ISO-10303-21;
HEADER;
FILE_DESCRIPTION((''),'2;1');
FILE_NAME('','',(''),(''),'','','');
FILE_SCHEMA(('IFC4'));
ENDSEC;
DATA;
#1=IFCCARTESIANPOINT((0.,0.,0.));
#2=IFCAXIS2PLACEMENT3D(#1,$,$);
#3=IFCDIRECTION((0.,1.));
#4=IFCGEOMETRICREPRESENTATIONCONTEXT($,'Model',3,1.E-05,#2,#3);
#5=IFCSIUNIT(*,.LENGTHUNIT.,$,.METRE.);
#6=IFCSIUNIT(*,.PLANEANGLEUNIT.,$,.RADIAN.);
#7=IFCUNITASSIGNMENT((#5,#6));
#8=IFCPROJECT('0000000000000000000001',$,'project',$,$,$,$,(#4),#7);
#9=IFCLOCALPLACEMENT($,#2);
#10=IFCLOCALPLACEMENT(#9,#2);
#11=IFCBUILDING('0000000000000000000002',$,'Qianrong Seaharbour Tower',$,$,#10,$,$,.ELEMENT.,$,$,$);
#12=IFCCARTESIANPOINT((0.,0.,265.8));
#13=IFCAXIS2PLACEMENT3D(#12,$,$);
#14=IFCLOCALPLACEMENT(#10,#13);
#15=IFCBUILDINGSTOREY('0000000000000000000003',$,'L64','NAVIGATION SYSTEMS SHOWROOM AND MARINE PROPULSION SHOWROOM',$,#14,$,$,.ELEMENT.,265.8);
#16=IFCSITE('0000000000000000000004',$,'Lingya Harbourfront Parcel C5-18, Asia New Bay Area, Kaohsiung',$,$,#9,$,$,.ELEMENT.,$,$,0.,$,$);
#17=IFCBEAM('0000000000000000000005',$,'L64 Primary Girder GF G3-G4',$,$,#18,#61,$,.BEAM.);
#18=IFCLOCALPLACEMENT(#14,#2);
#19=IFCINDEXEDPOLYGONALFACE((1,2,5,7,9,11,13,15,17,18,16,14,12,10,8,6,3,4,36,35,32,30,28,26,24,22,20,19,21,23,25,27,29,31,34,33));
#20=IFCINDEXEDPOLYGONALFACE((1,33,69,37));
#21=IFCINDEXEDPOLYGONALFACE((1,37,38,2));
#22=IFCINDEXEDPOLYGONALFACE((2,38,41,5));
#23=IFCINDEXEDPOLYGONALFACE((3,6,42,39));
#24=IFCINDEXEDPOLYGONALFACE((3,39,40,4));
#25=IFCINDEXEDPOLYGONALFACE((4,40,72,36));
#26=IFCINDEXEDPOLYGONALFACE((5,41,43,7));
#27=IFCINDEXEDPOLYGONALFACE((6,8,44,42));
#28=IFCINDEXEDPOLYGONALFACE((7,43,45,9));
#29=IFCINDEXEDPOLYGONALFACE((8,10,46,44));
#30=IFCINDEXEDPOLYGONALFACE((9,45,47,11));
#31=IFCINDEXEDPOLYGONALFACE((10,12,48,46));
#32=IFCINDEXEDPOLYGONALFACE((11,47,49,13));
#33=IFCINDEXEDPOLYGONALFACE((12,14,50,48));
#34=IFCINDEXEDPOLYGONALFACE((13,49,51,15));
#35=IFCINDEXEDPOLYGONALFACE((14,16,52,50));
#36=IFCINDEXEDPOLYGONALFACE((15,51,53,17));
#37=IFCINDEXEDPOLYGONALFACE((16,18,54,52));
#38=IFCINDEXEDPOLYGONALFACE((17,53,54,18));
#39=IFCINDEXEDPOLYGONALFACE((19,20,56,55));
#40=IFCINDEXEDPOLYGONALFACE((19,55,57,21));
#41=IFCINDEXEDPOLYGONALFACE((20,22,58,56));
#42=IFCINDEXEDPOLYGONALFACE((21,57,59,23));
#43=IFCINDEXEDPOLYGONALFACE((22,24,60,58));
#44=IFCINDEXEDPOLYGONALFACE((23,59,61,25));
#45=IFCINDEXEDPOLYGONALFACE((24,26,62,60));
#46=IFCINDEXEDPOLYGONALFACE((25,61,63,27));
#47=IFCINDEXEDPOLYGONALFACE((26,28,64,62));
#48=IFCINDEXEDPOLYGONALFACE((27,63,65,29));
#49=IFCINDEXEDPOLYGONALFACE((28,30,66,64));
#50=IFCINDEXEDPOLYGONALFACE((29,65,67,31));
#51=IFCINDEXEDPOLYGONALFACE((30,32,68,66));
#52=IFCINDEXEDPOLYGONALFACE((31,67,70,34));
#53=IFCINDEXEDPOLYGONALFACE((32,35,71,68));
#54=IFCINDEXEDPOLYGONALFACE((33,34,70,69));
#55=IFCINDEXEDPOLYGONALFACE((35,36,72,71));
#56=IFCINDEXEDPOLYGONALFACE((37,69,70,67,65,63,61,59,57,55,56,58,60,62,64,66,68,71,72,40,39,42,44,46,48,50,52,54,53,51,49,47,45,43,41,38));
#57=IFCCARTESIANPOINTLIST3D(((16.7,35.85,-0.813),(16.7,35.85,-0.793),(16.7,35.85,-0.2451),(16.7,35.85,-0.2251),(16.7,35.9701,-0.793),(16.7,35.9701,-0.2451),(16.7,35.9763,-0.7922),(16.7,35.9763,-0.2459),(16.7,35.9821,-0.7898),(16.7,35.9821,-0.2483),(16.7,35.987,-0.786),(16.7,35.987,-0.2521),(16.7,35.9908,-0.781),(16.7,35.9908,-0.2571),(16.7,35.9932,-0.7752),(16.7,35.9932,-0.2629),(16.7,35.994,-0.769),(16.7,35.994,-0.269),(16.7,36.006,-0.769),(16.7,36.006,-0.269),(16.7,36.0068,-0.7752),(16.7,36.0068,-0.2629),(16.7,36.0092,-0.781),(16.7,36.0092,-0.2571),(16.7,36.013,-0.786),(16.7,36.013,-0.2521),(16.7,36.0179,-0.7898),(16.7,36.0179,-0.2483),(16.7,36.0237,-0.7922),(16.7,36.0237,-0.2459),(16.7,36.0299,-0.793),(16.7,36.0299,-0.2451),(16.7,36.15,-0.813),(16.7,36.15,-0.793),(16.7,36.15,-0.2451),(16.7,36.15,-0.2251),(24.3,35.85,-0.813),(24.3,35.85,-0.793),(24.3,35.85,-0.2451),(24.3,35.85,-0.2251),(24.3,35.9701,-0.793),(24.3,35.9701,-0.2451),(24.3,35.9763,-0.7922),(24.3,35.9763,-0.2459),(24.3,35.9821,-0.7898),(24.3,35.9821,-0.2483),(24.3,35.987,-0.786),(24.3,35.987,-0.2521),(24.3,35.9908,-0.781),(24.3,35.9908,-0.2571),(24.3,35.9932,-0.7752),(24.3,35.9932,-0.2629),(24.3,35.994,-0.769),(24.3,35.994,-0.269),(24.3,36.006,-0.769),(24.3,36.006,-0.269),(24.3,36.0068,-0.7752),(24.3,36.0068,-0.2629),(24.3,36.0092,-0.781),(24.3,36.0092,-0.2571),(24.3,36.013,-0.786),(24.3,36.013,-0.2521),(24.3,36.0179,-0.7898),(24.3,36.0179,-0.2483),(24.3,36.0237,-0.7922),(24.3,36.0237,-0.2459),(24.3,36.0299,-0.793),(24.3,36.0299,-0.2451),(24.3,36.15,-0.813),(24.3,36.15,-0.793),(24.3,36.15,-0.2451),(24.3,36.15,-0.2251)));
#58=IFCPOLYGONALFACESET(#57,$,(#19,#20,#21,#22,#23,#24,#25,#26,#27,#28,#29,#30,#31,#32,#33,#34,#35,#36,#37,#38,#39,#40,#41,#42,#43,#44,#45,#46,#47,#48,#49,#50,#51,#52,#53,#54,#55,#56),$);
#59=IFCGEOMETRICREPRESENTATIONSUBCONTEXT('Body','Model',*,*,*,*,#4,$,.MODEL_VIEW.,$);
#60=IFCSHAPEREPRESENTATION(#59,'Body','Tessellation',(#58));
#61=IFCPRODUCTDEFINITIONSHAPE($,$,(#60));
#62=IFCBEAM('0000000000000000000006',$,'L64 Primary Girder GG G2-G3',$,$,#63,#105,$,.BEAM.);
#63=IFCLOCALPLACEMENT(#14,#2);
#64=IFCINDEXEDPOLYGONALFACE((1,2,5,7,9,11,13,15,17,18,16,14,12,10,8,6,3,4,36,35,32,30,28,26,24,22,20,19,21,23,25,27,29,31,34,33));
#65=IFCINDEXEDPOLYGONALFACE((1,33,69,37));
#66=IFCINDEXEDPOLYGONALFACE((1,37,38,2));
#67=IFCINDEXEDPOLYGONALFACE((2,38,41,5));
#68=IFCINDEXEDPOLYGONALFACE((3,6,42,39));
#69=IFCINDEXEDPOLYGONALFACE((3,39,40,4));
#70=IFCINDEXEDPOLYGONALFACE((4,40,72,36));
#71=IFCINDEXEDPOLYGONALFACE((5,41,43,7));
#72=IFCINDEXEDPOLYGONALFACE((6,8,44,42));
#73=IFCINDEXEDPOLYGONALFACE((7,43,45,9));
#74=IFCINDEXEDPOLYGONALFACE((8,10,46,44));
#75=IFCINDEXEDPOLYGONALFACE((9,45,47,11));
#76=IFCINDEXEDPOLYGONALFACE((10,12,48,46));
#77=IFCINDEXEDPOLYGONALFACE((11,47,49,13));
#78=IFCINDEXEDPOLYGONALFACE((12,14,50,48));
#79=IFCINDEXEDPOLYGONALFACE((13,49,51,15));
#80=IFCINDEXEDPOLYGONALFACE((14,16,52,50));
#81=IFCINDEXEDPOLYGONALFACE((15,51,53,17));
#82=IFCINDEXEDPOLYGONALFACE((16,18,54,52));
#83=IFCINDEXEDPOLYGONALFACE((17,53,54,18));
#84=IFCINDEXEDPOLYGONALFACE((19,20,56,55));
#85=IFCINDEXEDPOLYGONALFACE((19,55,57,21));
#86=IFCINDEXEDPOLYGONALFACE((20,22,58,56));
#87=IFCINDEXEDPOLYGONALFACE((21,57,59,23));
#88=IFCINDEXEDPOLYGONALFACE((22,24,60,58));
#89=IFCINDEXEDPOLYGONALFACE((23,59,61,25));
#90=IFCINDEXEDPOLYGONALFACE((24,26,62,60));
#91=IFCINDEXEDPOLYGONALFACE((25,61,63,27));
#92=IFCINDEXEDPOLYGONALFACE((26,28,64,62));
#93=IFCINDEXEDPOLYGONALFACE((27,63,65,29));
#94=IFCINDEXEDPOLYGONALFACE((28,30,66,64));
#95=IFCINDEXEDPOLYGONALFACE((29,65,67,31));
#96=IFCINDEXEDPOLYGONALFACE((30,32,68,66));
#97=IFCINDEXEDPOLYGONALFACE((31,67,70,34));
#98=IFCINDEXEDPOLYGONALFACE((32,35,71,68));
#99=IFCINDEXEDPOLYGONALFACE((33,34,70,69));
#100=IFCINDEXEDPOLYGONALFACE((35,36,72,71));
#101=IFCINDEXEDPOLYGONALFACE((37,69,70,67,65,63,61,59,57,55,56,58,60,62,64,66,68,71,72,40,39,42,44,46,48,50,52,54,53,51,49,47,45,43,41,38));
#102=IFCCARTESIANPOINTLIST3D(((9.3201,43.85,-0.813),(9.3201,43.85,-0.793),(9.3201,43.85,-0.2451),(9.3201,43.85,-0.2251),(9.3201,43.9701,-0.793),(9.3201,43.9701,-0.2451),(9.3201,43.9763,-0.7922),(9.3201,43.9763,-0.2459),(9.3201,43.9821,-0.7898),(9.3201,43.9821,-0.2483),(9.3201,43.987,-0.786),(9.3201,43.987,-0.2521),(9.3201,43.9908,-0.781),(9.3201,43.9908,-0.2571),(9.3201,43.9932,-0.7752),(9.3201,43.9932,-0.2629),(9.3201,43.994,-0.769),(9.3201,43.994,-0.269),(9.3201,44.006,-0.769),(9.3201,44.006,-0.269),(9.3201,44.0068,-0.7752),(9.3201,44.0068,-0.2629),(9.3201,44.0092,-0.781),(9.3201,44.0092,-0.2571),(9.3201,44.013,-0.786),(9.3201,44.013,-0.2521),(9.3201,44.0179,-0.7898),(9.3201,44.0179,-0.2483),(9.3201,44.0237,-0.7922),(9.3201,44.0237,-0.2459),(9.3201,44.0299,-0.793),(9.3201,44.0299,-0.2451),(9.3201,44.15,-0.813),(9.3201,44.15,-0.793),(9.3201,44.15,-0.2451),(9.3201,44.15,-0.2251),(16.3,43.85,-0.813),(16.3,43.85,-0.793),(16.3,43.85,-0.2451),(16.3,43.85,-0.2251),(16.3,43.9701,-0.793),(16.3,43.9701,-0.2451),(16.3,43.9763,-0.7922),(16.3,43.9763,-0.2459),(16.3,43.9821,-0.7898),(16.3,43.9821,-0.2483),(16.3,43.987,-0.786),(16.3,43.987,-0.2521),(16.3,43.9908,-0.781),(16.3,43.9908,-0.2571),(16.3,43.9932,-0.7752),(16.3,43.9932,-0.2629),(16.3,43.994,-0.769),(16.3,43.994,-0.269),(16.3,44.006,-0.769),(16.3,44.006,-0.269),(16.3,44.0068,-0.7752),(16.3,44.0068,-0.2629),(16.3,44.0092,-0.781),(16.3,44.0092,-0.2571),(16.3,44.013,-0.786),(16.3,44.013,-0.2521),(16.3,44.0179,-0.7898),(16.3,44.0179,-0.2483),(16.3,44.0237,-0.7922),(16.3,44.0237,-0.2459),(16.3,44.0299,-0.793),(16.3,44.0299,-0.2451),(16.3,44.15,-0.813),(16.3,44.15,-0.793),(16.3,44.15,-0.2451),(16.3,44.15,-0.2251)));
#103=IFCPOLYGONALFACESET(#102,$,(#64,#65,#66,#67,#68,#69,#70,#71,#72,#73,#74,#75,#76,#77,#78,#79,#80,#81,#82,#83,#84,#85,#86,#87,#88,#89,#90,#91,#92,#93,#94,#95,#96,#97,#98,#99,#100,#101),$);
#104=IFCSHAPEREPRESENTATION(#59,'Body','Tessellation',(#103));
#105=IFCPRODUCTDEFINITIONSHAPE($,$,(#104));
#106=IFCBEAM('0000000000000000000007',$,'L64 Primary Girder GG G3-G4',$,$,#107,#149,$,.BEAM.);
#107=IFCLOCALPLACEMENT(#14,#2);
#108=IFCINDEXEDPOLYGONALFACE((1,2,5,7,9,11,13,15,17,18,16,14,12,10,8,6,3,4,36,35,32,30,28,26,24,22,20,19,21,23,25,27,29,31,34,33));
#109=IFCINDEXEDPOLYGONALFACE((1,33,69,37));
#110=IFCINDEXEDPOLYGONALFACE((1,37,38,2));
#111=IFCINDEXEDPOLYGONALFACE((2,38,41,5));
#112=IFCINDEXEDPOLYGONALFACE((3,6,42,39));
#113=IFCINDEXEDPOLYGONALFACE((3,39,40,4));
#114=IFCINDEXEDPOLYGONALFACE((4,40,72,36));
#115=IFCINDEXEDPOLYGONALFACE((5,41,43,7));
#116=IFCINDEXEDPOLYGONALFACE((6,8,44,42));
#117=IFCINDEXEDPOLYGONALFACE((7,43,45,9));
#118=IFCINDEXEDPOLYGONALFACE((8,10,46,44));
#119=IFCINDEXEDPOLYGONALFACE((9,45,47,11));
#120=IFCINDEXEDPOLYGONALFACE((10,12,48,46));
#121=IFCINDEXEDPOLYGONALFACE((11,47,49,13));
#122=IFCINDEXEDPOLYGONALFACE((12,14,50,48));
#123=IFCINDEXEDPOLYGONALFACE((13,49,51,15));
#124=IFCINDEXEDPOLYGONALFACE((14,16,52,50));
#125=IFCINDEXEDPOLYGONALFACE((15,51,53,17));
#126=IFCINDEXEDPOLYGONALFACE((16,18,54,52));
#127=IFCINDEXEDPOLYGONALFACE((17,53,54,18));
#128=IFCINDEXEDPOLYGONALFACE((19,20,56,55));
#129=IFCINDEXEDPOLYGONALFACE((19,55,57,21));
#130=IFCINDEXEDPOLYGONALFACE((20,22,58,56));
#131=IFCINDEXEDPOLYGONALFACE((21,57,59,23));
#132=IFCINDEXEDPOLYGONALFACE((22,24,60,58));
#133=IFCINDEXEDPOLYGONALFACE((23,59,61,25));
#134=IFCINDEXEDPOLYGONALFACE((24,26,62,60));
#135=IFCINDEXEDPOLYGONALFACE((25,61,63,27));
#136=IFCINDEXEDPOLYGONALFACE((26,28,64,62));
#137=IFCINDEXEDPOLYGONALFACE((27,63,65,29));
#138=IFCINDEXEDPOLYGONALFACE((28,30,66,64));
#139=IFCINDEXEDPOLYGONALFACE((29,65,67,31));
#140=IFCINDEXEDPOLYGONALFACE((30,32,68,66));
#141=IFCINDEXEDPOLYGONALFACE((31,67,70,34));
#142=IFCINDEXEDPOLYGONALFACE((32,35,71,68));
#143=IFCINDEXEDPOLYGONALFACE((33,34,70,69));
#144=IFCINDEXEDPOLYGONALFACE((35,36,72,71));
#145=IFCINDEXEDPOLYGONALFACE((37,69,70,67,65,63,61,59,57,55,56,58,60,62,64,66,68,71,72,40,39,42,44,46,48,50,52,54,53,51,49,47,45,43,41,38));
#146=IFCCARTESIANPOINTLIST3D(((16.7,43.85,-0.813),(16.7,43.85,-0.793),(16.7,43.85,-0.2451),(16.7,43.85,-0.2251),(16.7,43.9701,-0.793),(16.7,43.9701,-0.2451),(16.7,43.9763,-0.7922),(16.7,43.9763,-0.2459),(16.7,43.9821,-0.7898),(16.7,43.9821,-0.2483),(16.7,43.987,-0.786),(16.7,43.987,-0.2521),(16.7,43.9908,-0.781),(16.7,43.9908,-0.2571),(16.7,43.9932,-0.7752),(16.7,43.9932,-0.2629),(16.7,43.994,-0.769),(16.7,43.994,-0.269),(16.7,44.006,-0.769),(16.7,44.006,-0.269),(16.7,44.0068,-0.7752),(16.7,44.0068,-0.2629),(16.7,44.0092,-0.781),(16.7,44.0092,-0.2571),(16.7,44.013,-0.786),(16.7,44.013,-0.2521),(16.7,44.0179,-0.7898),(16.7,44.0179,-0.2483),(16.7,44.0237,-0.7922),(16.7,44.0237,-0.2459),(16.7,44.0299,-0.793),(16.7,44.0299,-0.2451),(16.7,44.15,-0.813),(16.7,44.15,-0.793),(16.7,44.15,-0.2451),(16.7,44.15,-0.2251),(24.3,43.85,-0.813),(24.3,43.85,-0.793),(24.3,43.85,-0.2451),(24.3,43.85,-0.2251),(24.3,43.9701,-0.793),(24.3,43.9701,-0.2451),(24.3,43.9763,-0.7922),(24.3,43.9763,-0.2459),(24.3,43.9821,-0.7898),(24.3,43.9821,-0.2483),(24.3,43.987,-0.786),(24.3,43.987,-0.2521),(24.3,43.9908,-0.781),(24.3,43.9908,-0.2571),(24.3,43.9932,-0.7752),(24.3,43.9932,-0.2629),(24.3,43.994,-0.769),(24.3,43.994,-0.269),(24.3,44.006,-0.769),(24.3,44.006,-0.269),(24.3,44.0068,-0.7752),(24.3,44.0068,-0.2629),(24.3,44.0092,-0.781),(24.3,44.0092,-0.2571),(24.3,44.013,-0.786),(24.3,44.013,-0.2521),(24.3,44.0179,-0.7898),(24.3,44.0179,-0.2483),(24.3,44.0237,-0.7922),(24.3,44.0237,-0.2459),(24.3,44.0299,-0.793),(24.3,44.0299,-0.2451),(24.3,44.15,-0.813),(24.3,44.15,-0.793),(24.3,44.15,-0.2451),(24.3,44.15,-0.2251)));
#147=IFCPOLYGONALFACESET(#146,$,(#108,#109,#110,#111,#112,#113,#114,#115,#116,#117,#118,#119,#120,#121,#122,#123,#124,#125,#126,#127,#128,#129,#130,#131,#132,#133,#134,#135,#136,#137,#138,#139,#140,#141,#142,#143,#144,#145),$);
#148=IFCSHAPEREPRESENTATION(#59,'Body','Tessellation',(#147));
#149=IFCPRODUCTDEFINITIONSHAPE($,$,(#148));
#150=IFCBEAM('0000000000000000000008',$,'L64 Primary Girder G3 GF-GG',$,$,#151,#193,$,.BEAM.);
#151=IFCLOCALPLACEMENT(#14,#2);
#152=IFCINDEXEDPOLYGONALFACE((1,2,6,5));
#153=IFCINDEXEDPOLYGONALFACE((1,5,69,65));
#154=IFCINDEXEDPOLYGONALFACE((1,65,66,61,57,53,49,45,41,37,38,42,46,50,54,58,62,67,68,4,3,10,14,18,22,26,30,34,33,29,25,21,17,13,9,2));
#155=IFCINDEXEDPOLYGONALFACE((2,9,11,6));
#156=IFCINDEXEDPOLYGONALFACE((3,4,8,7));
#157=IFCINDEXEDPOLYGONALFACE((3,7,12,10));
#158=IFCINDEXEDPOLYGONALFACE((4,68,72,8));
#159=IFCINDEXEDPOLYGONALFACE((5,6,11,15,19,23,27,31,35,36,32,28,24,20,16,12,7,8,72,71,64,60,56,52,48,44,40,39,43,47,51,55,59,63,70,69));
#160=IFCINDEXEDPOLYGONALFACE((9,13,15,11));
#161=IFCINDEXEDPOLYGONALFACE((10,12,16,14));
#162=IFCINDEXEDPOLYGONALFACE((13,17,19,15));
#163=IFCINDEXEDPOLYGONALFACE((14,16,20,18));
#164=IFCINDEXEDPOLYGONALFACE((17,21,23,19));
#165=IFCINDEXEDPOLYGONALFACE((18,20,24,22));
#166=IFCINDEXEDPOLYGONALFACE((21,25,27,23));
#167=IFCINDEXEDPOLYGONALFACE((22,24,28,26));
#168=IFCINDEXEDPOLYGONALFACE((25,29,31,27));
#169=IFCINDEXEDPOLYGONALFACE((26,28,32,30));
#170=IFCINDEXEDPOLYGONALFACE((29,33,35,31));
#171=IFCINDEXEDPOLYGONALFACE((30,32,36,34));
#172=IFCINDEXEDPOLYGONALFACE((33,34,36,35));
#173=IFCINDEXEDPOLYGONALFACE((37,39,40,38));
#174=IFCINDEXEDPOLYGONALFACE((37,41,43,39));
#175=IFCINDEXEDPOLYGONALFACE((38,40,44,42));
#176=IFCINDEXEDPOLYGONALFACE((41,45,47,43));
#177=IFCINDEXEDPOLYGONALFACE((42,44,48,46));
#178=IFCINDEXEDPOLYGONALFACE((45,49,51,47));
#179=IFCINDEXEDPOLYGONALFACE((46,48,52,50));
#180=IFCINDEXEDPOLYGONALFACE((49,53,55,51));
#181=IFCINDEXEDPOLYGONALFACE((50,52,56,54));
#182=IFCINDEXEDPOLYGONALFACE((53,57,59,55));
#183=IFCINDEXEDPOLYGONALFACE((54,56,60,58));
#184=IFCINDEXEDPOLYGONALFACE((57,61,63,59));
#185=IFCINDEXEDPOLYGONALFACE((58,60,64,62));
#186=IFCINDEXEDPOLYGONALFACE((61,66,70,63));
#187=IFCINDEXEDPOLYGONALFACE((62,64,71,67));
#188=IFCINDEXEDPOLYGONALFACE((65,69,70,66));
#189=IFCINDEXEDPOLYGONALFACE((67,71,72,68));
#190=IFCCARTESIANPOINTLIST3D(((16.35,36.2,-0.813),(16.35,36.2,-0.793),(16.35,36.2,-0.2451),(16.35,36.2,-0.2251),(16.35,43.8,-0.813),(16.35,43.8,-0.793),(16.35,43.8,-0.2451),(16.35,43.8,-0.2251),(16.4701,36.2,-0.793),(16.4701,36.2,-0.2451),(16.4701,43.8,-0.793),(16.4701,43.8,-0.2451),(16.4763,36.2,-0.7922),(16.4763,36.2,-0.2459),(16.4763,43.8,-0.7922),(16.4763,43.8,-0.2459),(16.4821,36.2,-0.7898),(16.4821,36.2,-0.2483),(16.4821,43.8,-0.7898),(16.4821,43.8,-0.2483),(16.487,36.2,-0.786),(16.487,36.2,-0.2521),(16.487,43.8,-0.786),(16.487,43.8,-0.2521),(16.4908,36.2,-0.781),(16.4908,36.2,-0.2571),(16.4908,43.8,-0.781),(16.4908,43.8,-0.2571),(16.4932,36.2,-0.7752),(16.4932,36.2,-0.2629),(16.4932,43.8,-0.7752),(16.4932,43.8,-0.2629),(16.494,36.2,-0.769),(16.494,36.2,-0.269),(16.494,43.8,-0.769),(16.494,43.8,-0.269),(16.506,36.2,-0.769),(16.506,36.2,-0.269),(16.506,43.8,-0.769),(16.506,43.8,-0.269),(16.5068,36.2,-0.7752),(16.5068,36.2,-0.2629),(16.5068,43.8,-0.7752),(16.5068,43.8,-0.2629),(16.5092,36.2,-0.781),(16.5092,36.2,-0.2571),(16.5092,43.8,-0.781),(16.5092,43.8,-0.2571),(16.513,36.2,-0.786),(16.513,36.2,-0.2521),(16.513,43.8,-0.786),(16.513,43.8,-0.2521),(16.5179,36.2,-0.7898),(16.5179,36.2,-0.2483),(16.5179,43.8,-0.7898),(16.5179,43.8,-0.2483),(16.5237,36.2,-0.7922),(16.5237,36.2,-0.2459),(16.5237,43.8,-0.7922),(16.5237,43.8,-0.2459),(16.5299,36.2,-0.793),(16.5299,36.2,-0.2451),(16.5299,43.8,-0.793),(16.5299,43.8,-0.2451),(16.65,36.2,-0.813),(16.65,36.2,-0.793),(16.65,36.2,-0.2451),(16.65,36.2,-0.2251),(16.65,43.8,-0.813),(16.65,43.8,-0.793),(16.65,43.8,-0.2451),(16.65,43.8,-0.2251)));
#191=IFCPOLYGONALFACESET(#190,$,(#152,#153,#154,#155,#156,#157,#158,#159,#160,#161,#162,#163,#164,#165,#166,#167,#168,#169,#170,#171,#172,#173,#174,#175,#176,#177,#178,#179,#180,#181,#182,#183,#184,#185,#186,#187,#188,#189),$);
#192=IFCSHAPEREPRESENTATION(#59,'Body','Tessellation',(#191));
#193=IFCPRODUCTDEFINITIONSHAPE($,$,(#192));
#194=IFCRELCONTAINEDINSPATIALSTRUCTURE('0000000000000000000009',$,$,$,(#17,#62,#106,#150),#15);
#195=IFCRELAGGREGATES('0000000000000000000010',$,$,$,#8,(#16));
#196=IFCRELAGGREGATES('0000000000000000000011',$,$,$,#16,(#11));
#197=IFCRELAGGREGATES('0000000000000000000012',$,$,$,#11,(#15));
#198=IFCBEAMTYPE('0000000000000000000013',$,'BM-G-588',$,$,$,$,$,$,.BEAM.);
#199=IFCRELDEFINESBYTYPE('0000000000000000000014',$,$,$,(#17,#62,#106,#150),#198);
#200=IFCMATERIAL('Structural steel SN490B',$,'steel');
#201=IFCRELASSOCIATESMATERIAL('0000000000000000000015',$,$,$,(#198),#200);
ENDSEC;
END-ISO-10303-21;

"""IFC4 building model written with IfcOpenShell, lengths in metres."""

from ifc_helpers import new_model, si_unit, direction, frame, origin, origin_2d, place, context, subcontext, project, spatial, i_section, extrude, material, material_profile, profile_set, type_object, element, save


model = new_model("IFC4")

# Units and contexts
model_context = context("Model", 3, precision=1e-05, world=origin(), true_north=direction((0.0, 1.0)))
body_context = subcontext(model_context, "Body", "Model", "MODEL_VIEW")
ifc_project = project(units=[si_unit("LENGTHUNIT", "METRE"), si_unit("PLANEANGLEUNIT", "RADIAN")], contexts=[model_context])

# Site, building, storey
site_placement = place(None, origin())
site = spatial("IfcSite", under=ifc_project, at=site_placement, Name="Lingya Harbourfront Parcel C5-18, Asia New Bay Area, Kaohsiung", CompositionType="ELEMENT", RefElevation=0.0)
building_placement = place(site_placement, origin())
building = spatial("IfcBuilding", under=site, at=building_placement, Name="Qianrong Seaharbour Tower", CompositionType="ELEMENT")
storey_placement = place(building_placement, frame((0.0, 0.0, 265.8)))
storey = spatial("IfcBuildingStorey", under=building, at=storey_placement, Name="L64", Description="NAVIGATION SYSTEMS SHOWROOM AND MARINE PROPULSION SHOWROOM", CompositionType="ELEMENT", Elevation=265.8)

# Shared definitions
ifc_material_1 = material(Name="Structural steel SN490B", Category="steel")

# Beams
ifc_material_profile_1 = material_profile(ifc_material_1, i_section(OverallWidth=0.3, OverallDepth=0.5879, WebThickness=0.012, FlangeThickness=0.02, FilletRadius=0.0239, at=origin_2d()), Name="H588x300x12x20")
ifc_profile_set_1 = profile_set([ifc_material_profile_1], Name="Structural steel SN490B")
beam_type_1 = type_object("IfcBeamType", Name="BM-G-588", PredefinedType="BEAM", material=ifc_profile_set_1)
beam_1_placement = place(storey_placement, frame((16.7, 36.0, -0.519), z_axis=(1.0, 0.0, 0.0), x_axis=(0.0, 1.0, 0.0)))
element("IfcBeam", 1, at=beam_1_placement, inside=storey, type_object=beam_type_1, Name="L64 Primary Girder GF G3-G4", PredefinedType="BEAM", context=body_context, shape_type="SweptSolid", body=[
    extrude(i_section(OverallWidth=0.3, OverallDepth=0.5879, WebThickness=0.012, FlangeThickness=0.02, FilletRadius=0.0239, at=origin_2d()), origin(), (0.0, 0.0, 1.0), 7.6001),
])
beam_2_placement = place(storey_placement, frame((9.3201, 44.0, -0.519), z_axis=(1.0, 0.0, 0.0), x_axis=(0.0, 1.0, 0.0)))
element("IfcBeam", 2, at=beam_2_placement, inside=storey, type_object=beam_type_1, Name="L64 Primary Girder GG G2-G3", PredefinedType="BEAM", context=body_context, shape_type="SweptSolid", body=[
    extrude(i_section(OverallWidth=0.3, OverallDepth=0.5879, WebThickness=0.012, FlangeThickness=0.02, FilletRadius=0.0239, at=origin_2d()), origin(), (0.0, 0.0, 1.0), 6.98),
])
for number, where, z_axis, x_axis, name in (
    (3, (16.7, 44.0, -0.519), (1.0, 0.0, 0.0), (0.0, 1.0, 0.0), "L64 Primary Girder GG G3-G4"),
    (4, (16.5, 36.2, -0.519), (0.0, 1.0, 0.0), (-1.0, 0.0, 0.0), "L64 Primary Girder G3 GF-GG"),
):
    element("IfcBeam", number, at=place(storey_placement, frame(where, z_axis=z_axis, x_axis=x_axis)), inside=storey, type_object=beam_type_1, Name=name, PredefinedType="BEAM", context=body_context, shape_type="SweptSolid", body=[
        extrude(i_section(OverallWidth=0.3, OverallDepth=0.5879, WebThickness=0.012, FlangeThickness=0.02, FilletRadius=0.0239, at=origin_2d()), origin(), (0.0, 0.0, 1.0), 7.6001),
    ])

save(model, "model.ifc")
